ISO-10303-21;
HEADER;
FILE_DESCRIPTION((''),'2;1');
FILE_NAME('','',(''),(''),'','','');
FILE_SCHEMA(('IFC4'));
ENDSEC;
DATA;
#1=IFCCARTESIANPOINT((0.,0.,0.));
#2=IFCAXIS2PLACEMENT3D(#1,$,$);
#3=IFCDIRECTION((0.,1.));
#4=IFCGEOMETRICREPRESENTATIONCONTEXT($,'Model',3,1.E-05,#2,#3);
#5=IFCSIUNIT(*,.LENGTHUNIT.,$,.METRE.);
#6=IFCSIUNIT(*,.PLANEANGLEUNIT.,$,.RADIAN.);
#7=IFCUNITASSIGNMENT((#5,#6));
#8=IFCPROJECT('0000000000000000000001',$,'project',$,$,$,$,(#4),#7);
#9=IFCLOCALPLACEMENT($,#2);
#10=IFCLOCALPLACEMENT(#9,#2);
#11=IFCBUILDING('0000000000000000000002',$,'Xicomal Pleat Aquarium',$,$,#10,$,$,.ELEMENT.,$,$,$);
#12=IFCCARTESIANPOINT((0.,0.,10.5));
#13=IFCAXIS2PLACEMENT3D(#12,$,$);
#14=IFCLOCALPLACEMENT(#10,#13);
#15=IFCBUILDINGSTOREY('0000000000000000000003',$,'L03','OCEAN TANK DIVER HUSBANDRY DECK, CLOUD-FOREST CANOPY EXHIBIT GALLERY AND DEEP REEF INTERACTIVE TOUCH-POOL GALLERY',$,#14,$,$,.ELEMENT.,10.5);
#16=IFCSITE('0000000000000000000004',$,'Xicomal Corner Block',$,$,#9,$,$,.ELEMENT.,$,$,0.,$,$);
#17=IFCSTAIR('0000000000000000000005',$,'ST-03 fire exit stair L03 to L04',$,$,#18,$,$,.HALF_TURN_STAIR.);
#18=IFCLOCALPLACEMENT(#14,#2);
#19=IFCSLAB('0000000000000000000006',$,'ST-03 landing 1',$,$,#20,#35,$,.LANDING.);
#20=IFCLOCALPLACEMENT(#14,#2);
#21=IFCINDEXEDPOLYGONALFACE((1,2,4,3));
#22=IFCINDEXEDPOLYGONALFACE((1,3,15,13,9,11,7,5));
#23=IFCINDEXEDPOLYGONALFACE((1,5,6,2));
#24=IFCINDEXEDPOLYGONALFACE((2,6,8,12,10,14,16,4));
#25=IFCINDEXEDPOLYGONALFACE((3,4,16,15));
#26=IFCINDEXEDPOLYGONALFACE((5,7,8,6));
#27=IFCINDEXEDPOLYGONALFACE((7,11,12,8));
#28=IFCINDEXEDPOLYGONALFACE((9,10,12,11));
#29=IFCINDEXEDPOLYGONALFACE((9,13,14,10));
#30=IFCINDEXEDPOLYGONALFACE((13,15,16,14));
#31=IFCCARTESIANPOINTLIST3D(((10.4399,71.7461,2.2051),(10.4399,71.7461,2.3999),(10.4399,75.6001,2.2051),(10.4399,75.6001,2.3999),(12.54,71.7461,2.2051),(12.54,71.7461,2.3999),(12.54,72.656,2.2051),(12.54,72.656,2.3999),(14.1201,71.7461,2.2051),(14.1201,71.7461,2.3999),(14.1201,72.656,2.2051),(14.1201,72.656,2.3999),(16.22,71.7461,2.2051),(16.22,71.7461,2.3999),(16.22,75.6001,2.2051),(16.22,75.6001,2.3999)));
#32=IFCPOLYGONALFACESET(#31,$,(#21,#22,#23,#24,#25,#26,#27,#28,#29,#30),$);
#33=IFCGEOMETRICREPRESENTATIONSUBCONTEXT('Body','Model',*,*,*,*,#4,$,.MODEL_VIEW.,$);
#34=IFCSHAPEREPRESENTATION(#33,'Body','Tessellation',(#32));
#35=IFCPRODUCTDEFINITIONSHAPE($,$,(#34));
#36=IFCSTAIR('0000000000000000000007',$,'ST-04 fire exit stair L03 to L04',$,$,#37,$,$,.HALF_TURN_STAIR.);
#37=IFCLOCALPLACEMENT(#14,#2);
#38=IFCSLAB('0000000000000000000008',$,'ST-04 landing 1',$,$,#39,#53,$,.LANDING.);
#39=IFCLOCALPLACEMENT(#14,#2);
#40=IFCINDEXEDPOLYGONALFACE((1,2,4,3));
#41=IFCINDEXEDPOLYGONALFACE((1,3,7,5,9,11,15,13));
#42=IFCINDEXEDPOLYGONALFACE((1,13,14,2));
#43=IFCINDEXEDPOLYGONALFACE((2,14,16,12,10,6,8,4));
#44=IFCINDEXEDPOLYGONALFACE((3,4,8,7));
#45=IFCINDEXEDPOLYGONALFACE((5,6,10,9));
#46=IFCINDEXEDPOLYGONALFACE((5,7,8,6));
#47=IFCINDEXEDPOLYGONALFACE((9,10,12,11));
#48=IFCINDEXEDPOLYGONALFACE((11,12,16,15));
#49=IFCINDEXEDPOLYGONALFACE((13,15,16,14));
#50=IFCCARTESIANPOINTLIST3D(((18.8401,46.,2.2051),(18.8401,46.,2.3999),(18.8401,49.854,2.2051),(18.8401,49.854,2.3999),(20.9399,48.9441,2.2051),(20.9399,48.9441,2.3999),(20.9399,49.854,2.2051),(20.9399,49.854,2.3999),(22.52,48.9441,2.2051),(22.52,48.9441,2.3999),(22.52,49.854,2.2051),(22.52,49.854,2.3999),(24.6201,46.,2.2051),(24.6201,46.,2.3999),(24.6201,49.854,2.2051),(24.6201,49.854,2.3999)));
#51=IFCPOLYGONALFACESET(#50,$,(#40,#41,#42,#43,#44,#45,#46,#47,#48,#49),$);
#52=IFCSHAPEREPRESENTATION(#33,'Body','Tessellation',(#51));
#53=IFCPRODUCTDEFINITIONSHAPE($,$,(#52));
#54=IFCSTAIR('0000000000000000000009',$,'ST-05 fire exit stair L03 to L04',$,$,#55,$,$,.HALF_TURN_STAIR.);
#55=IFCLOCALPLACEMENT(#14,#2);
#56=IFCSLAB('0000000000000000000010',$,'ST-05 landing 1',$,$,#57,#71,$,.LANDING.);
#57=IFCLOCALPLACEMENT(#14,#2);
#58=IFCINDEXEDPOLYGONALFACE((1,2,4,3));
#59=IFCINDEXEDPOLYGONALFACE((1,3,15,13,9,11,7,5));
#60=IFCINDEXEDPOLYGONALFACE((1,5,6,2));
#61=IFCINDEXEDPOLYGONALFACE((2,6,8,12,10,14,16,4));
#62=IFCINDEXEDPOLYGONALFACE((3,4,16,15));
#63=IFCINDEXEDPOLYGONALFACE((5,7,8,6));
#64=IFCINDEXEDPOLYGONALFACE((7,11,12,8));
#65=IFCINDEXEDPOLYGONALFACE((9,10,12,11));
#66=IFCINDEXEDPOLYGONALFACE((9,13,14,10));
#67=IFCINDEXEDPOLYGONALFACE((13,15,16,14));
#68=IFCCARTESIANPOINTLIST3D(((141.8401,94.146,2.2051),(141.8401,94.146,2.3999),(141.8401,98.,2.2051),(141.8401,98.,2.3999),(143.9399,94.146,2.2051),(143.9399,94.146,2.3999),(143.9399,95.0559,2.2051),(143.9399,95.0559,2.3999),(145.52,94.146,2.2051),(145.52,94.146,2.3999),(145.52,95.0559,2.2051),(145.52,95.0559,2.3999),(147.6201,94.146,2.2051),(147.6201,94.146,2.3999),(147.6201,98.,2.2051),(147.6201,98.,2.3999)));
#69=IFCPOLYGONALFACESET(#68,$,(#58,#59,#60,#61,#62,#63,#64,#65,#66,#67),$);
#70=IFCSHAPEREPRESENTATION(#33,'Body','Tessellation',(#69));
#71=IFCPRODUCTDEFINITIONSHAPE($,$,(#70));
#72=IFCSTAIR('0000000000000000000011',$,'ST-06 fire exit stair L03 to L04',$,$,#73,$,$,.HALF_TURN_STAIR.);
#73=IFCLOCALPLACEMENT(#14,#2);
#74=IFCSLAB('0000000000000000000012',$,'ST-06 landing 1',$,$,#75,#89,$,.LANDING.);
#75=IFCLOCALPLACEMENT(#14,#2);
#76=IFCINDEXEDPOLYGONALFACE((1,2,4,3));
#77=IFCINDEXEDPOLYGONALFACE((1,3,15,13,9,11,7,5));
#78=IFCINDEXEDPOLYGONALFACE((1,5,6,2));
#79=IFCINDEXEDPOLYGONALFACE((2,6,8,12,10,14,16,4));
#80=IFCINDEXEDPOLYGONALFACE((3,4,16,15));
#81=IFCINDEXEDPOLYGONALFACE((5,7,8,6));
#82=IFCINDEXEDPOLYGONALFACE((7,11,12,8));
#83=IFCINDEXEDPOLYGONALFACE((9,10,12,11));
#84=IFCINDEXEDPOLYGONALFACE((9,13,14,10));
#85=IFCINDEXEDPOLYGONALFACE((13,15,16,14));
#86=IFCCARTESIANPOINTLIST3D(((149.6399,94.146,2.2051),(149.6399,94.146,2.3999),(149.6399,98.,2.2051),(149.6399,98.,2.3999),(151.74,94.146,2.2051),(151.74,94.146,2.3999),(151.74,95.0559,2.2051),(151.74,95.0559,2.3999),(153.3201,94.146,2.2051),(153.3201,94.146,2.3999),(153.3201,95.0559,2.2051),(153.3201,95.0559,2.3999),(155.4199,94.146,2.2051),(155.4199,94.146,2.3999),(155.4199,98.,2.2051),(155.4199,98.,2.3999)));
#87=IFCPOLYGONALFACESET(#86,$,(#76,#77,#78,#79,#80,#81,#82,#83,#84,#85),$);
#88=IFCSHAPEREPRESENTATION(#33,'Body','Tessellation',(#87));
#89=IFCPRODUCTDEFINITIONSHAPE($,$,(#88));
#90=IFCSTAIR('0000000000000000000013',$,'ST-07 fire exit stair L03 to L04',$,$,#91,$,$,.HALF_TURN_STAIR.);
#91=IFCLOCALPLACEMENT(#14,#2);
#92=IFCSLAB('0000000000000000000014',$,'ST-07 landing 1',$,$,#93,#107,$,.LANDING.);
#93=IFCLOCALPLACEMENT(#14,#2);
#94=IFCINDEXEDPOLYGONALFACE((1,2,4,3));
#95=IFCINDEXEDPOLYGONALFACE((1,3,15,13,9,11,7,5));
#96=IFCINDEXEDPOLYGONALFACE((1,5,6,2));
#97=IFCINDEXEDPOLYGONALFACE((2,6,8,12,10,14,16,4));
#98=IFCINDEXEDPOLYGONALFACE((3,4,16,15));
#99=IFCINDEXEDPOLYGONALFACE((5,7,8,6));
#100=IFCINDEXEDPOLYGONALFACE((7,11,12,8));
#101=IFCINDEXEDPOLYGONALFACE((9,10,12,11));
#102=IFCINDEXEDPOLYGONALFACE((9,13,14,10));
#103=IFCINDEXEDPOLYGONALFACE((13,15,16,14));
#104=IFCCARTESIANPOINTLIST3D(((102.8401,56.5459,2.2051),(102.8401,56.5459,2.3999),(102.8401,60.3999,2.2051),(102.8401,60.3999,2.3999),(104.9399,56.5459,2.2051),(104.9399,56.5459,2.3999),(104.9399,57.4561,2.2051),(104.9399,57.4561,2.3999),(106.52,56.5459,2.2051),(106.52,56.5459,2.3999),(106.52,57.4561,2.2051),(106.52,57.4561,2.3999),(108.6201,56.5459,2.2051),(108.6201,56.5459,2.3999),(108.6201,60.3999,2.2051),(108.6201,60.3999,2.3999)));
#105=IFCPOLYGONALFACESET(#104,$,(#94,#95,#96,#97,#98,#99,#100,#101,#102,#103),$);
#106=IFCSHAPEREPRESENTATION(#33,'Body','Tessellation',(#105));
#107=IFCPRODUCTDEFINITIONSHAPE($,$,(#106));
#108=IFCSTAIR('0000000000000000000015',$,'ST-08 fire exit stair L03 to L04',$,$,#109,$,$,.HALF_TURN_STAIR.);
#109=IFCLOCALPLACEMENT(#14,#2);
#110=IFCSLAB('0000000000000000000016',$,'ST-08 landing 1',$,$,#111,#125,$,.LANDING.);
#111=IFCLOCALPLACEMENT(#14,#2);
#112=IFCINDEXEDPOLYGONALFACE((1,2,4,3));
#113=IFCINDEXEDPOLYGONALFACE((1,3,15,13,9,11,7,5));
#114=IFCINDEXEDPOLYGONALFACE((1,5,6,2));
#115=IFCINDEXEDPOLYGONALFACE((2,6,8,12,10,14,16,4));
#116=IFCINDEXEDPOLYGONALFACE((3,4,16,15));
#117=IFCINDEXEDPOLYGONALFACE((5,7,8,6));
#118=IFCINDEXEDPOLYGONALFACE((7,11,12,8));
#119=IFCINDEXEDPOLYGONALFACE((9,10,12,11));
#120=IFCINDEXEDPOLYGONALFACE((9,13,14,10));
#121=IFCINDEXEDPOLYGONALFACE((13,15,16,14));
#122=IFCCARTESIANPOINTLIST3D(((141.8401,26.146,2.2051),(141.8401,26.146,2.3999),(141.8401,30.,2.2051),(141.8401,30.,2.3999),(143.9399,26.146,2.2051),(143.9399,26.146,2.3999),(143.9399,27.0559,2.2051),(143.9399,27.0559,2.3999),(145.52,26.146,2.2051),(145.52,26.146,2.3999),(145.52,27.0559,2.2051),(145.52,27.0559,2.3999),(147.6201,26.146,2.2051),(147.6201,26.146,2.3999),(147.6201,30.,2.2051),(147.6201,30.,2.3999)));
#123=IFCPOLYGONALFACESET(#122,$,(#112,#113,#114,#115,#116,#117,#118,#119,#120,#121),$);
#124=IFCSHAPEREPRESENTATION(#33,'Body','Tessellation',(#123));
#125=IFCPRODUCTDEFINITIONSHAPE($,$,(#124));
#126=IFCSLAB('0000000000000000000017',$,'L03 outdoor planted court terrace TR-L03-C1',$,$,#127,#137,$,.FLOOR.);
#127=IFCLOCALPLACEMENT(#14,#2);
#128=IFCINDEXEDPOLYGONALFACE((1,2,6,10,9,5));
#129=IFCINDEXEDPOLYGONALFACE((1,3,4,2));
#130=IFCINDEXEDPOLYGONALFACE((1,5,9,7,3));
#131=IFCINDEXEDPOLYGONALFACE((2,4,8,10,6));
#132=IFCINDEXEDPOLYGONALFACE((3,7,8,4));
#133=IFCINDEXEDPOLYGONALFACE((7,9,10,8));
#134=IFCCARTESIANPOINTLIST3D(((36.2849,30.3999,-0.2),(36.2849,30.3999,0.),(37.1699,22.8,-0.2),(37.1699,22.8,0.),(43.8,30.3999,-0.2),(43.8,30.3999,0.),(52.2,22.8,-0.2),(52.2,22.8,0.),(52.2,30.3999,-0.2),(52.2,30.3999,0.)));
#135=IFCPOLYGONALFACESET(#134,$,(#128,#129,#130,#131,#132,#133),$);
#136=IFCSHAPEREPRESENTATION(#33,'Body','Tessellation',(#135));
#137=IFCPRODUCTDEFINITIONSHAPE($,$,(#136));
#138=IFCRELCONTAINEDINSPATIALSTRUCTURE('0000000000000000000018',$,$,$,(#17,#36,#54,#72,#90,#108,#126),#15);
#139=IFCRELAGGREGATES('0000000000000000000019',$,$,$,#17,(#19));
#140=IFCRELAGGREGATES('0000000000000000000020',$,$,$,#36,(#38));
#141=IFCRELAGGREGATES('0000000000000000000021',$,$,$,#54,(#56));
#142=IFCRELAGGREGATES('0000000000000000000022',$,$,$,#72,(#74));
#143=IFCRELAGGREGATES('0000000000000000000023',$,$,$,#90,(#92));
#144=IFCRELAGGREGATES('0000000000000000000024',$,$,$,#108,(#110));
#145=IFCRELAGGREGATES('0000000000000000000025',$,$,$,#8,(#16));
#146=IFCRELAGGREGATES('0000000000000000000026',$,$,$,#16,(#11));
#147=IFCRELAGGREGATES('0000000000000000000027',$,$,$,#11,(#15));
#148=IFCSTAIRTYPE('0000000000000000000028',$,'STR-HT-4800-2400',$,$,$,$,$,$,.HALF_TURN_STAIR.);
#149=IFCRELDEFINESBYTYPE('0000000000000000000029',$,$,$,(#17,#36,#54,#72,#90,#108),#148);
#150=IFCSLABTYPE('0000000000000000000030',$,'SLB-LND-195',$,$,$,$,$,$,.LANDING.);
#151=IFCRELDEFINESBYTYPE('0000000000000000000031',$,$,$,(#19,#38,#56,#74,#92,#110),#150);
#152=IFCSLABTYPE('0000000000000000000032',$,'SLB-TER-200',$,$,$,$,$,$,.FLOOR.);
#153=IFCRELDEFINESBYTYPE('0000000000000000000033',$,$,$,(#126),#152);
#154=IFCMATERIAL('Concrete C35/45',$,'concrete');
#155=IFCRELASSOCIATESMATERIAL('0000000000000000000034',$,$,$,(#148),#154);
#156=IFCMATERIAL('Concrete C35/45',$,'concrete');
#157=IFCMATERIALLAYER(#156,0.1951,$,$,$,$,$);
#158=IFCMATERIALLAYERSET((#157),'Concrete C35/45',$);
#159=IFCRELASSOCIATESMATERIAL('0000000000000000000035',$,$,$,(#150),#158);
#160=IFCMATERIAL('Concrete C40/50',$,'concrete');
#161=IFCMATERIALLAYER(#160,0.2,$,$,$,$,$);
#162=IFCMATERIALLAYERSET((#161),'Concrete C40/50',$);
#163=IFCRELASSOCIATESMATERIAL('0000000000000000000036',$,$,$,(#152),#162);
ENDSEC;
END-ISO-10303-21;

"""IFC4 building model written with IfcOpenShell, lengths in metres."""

from ifc_helpers import new_model, si_unit, direction, frame, origin, place, context, subcontext, project, spatial, polyline, outline, extrude, material, layer, layer_set, type_object, element, aggregate, save


model = new_model("IFC4")

# Units and contexts
model_context = context("Model", 3, precision=1e-05, world=origin(), true_north=direction((0.0, 1.0)))
body_context = subcontext(model_context, "Body", "Model", "MODEL_VIEW")
ifc_project = project(units=[si_unit("LENGTHUNIT", "METRE"), si_unit("PLANEANGLEUNIT", "RADIAN")], contexts=[model_context])

# Site, building, storey
site_placement = place(None, origin())
site = spatial("IfcSite", under=ifc_project, at=site_placement, Name="Xicomal Corner Block", CompositionType="ELEMENT", RefElevation=0.0)
building_placement = place(site_placement, origin())
building = spatial("IfcBuilding", under=site, at=building_placement, Name="Xicomal Pleat Aquarium", CompositionType="ELEMENT")
storey_placement = place(building_placement, frame((0.0, 0.0, 10.5)))
storey = spatial("IfcBuildingStorey", under=building, at=storey_placement, Name="L03", Description="OCEAN TANK DIVER HUSBANDRY DECK, CLOUD-FOREST CANOPY EXHIBIT GALLERY AND DEEP REEF INTERACTIVE TOUCH-POOL GALLERY", CompositionType="ELEMENT", Elevation=10.5)

# Stairs, slabs
ifc_material_1 = material(Name="Concrete C35/45", Category="concrete")
stair_type = type_object("IfcStairType", Name="STR-HT-4800-2400", PredefinedType="HALF_TURN_STAIR", material=ifc_material_1)
ifc_material_2 = material(Name="Concrete C35/45", Category="concrete")
ifc_layer_1 = layer(ifc_material_2, 0.1951)
ifc_layer_set_1 = layer_set([ifc_layer_1], Name="Concrete C35/45")
slab_type_1 = type_object("IfcSlabType", Name="SLB-LND-195", PredefinedType="LANDING", material=ifc_layer_set_1)
stair_1_placement = place(storey_placement, origin())
stair_1 = element("IfcStair", 1, at=stair_1_placement, inside=storey, type_object=stair_type, Name="ST-03 fire exit stair L03 to L04", PredefinedType="HALF_TURN_STAIR")
slab_1_placement = place(storey_placement, frame((0.0, 0.0, 2.2051)))
slab_1 = element("IfcSlab", 2, at=slab_1_placement, type_object=slab_type_1, Name="ST-03 landing 1", PredefinedType="LANDING", context=body_context, shape_type="SweptSolid", body=[
    extrude(outline(polyline([(10.4399, 75.6001), (16.22, 75.6001), (16.22, 71.7461), (14.1201, 71.7461), (14.1201, 72.656), (12.54, 72.656), (12.54, 71.7461), (10.4399, 71.7461), (10.4399, 75.6001)])), origin(), (0.0, 0.0, 1.0), 0.1948),
])
aggregate(stair_1, [slab_1])
stair_2_placement = place(storey_placement, origin())
stair_2 = element("IfcStair", 3, at=stair_2_placement, inside=storey, type_object=stair_type, Name="ST-04 fire exit stair L03 to L04", PredefinedType="HALF_TURN_STAIR")
slab_2_placement = place(storey_placement, frame((0.0, 0.0, 2.2051)))
slab_2 = element("IfcSlab", 4, at=slab_2_placement, type_object=slab_type_1, Name="ST-04 landing 1", PredefinedType="LANDING", context=body_context, shape_type="SweptSolid", body=[
    extrude(outline(polyline([(18.8401, 46.0), (24.6201, 46.0), (24.6201, 49.854), (22.52, 49.854), (22.52, 48.9441), (20.9399, 48.9441), (20.9399, 49.854), (18.8401, 49.854), (18.8401, 46.0)])), origin(), (0.0, 0.0, 1.0), 0.1948),
])
aggregate(stair_2, [slab_2])
stair_3_placement = place(storey_placement, origin())
stair_3 = element("IfcStair", 5, at=stair_3_placement, inside=storey, type_object=stair_type, Name="ST-05 fire exit stair L03 to L04", PredefinedType="HALF_TURN_STAIR")
slab_3_placement = place(storey_placement, frame((0.0, 0.0, 2.2051)))
slab_3 = element("IfcSlab", 6, at=slab_3_placement, type_object=slab_type_1, Name="ST-05 landing 1", PredefinedType="LANDING", context=body_context, shape_type="SweptSolid", body=[
    extrude(outline(polyline([(141.8401, 98.0), (147.6201, 98.0), (147.6201, 94.146), (145.52, 94.146), (145.52, 95.0559), (143.9399, 95.0559), (143.9399, 94.146), (141.8401, 94.146), (141.8401, 98.0)])), origin(), (0.0, 0.0, 1.0), 0.1948),
])
aggregate(stair_3, [slab_3])
stair_4_placement = place(storey_placement, origin())
stair_4 = element("IfcStair", 7, at=stair_4_placement, inside=storey, type_object=stair_type, Name="ST-06 fire exit stair L03 to L04", PredefinedType="HALF_TURN_STAIR")
slab_4_placement = place(storey_placement, frame((0.0, 0.0, 2.2051)))
slab_4 = element("IfcSlab", 8, at=slab_4_placement, type_object=slab_type_1, Name="ST-06 landing 1", PredefinedType="LANDING", context=body_context, shape_type="SweptSolid", body=[
    extrude(outline(polyline([(149.6399, 98.0), (155.4199, 98.0), (155.4199, 94.146), (153.3201, 94.146), (153.3201, 95.0559), (151.74, 95.0559), (151.74, 94.146), (149.6399, 94.146), (149.6399, 98.0)])), origin(), (0.0, 0.0, 1.0), 0.1948),
])
aggregate(stair_4, [slab_4])
stair_5_placement = place(storey_placement, origin())
stair_5 = element("IfcStair", 9, at=stair_5_placement, inside=storey, type_object=stair_type, Name="ST-07 fire exit stair L03 to L04", PredefinedType="HALF_TURN_STAIR")
slab_5_placement = place(storey_placement, frame((0.0, 0.0, 2.2051)))
slab_5 = element("IfcSlab", 10, at=slab_5_placement, type_object=slab_type_1, Name="ST-07 landing 1", PredefinedType="LANDING", context=body_context, shape_type="SweptSolid", body=[
    extrude(outline(polyline([(102.8401, 60.3999), (108.6201, 60.3999), (108.6201, 56.5459), (106.52, 56.5459), (106.52, 57.4561), (104.9399, 57.4561), (104.9399, 56.5459), (102.8401, 56.5459), (102.8401, 60.3999)])), origin(), (0.0, 0.0, 1.0), 0.1948),
])
aggregate(stair_5, [slab_5])
stair_6_placement = place(storey_placement, origin())
stair_6 = element("IfcStair", 11, at=stair_6_placement, inside=storey, type_object=stair_type, Name="ST-08 fire exit stair L03 to L04", PredefinedType="HALF_TURN_STAIR")
slab_6_placement = place(storey_placement, frame((0.0, 0.0, 2.2051)))
slab_6 = element("IfcSlab", 12, at=slab_6_placement, type_object=slab_type_1, Name="ST-08 landing 1", PredefinedType="LANDING", context=body_context, shape_type="SweptSolid", body=[
    extrude(outline(polyline([(141.8401, 30.0), (147.6201, 30.0), (147.6201, 26.146), (145.52, 26.146), (145.52, 27.0559), (143.9399, 27.0559), (143.9399, 26.146), (141.8401, 26.146), (141.8401, 30.0)])), origin(), (0.0, 0.0, 1.0), 0.1948),
])
aggregate(stair_6, [slab_6])

# Slab
ifc_material_3 = material(Name="Concrete C40/50", Category="concrete")
ifc_layer_2 = layer(ifc_material_3, 0.2)
ifc_layer_set_2 = layer_set([ifc_layer_2], Name="Concrete C40/50")
slab_type_2 = type_object("IfcSlabType", Name="SLB-TER-200", PredefinedType="FLOOR", material=ifc_layer_set_2)
slab_7_placement = place(storey_placement, frame((0.0, 0.0, -0.2)))
element("IfcSlab", 13, at=slab_7_placement, inside=storey, type_object=slab_type_2, Name="L03 outdoor planted court terrace TR-L03-C1", PredefinedType="FLOOR", context=body_context, shape_type="SweptSolid", body=[
    extrude(outline(polyline([(52.2, 22.8), (37.1699, 22.8), (36.2849, 30.3999), (43.8, 30.3999), (52.2, 30.3999), (52.2, 22.8)])), origin(), (0.0, 0.0, 1.0), 0.2),
])

save(model, "model.ifc")
